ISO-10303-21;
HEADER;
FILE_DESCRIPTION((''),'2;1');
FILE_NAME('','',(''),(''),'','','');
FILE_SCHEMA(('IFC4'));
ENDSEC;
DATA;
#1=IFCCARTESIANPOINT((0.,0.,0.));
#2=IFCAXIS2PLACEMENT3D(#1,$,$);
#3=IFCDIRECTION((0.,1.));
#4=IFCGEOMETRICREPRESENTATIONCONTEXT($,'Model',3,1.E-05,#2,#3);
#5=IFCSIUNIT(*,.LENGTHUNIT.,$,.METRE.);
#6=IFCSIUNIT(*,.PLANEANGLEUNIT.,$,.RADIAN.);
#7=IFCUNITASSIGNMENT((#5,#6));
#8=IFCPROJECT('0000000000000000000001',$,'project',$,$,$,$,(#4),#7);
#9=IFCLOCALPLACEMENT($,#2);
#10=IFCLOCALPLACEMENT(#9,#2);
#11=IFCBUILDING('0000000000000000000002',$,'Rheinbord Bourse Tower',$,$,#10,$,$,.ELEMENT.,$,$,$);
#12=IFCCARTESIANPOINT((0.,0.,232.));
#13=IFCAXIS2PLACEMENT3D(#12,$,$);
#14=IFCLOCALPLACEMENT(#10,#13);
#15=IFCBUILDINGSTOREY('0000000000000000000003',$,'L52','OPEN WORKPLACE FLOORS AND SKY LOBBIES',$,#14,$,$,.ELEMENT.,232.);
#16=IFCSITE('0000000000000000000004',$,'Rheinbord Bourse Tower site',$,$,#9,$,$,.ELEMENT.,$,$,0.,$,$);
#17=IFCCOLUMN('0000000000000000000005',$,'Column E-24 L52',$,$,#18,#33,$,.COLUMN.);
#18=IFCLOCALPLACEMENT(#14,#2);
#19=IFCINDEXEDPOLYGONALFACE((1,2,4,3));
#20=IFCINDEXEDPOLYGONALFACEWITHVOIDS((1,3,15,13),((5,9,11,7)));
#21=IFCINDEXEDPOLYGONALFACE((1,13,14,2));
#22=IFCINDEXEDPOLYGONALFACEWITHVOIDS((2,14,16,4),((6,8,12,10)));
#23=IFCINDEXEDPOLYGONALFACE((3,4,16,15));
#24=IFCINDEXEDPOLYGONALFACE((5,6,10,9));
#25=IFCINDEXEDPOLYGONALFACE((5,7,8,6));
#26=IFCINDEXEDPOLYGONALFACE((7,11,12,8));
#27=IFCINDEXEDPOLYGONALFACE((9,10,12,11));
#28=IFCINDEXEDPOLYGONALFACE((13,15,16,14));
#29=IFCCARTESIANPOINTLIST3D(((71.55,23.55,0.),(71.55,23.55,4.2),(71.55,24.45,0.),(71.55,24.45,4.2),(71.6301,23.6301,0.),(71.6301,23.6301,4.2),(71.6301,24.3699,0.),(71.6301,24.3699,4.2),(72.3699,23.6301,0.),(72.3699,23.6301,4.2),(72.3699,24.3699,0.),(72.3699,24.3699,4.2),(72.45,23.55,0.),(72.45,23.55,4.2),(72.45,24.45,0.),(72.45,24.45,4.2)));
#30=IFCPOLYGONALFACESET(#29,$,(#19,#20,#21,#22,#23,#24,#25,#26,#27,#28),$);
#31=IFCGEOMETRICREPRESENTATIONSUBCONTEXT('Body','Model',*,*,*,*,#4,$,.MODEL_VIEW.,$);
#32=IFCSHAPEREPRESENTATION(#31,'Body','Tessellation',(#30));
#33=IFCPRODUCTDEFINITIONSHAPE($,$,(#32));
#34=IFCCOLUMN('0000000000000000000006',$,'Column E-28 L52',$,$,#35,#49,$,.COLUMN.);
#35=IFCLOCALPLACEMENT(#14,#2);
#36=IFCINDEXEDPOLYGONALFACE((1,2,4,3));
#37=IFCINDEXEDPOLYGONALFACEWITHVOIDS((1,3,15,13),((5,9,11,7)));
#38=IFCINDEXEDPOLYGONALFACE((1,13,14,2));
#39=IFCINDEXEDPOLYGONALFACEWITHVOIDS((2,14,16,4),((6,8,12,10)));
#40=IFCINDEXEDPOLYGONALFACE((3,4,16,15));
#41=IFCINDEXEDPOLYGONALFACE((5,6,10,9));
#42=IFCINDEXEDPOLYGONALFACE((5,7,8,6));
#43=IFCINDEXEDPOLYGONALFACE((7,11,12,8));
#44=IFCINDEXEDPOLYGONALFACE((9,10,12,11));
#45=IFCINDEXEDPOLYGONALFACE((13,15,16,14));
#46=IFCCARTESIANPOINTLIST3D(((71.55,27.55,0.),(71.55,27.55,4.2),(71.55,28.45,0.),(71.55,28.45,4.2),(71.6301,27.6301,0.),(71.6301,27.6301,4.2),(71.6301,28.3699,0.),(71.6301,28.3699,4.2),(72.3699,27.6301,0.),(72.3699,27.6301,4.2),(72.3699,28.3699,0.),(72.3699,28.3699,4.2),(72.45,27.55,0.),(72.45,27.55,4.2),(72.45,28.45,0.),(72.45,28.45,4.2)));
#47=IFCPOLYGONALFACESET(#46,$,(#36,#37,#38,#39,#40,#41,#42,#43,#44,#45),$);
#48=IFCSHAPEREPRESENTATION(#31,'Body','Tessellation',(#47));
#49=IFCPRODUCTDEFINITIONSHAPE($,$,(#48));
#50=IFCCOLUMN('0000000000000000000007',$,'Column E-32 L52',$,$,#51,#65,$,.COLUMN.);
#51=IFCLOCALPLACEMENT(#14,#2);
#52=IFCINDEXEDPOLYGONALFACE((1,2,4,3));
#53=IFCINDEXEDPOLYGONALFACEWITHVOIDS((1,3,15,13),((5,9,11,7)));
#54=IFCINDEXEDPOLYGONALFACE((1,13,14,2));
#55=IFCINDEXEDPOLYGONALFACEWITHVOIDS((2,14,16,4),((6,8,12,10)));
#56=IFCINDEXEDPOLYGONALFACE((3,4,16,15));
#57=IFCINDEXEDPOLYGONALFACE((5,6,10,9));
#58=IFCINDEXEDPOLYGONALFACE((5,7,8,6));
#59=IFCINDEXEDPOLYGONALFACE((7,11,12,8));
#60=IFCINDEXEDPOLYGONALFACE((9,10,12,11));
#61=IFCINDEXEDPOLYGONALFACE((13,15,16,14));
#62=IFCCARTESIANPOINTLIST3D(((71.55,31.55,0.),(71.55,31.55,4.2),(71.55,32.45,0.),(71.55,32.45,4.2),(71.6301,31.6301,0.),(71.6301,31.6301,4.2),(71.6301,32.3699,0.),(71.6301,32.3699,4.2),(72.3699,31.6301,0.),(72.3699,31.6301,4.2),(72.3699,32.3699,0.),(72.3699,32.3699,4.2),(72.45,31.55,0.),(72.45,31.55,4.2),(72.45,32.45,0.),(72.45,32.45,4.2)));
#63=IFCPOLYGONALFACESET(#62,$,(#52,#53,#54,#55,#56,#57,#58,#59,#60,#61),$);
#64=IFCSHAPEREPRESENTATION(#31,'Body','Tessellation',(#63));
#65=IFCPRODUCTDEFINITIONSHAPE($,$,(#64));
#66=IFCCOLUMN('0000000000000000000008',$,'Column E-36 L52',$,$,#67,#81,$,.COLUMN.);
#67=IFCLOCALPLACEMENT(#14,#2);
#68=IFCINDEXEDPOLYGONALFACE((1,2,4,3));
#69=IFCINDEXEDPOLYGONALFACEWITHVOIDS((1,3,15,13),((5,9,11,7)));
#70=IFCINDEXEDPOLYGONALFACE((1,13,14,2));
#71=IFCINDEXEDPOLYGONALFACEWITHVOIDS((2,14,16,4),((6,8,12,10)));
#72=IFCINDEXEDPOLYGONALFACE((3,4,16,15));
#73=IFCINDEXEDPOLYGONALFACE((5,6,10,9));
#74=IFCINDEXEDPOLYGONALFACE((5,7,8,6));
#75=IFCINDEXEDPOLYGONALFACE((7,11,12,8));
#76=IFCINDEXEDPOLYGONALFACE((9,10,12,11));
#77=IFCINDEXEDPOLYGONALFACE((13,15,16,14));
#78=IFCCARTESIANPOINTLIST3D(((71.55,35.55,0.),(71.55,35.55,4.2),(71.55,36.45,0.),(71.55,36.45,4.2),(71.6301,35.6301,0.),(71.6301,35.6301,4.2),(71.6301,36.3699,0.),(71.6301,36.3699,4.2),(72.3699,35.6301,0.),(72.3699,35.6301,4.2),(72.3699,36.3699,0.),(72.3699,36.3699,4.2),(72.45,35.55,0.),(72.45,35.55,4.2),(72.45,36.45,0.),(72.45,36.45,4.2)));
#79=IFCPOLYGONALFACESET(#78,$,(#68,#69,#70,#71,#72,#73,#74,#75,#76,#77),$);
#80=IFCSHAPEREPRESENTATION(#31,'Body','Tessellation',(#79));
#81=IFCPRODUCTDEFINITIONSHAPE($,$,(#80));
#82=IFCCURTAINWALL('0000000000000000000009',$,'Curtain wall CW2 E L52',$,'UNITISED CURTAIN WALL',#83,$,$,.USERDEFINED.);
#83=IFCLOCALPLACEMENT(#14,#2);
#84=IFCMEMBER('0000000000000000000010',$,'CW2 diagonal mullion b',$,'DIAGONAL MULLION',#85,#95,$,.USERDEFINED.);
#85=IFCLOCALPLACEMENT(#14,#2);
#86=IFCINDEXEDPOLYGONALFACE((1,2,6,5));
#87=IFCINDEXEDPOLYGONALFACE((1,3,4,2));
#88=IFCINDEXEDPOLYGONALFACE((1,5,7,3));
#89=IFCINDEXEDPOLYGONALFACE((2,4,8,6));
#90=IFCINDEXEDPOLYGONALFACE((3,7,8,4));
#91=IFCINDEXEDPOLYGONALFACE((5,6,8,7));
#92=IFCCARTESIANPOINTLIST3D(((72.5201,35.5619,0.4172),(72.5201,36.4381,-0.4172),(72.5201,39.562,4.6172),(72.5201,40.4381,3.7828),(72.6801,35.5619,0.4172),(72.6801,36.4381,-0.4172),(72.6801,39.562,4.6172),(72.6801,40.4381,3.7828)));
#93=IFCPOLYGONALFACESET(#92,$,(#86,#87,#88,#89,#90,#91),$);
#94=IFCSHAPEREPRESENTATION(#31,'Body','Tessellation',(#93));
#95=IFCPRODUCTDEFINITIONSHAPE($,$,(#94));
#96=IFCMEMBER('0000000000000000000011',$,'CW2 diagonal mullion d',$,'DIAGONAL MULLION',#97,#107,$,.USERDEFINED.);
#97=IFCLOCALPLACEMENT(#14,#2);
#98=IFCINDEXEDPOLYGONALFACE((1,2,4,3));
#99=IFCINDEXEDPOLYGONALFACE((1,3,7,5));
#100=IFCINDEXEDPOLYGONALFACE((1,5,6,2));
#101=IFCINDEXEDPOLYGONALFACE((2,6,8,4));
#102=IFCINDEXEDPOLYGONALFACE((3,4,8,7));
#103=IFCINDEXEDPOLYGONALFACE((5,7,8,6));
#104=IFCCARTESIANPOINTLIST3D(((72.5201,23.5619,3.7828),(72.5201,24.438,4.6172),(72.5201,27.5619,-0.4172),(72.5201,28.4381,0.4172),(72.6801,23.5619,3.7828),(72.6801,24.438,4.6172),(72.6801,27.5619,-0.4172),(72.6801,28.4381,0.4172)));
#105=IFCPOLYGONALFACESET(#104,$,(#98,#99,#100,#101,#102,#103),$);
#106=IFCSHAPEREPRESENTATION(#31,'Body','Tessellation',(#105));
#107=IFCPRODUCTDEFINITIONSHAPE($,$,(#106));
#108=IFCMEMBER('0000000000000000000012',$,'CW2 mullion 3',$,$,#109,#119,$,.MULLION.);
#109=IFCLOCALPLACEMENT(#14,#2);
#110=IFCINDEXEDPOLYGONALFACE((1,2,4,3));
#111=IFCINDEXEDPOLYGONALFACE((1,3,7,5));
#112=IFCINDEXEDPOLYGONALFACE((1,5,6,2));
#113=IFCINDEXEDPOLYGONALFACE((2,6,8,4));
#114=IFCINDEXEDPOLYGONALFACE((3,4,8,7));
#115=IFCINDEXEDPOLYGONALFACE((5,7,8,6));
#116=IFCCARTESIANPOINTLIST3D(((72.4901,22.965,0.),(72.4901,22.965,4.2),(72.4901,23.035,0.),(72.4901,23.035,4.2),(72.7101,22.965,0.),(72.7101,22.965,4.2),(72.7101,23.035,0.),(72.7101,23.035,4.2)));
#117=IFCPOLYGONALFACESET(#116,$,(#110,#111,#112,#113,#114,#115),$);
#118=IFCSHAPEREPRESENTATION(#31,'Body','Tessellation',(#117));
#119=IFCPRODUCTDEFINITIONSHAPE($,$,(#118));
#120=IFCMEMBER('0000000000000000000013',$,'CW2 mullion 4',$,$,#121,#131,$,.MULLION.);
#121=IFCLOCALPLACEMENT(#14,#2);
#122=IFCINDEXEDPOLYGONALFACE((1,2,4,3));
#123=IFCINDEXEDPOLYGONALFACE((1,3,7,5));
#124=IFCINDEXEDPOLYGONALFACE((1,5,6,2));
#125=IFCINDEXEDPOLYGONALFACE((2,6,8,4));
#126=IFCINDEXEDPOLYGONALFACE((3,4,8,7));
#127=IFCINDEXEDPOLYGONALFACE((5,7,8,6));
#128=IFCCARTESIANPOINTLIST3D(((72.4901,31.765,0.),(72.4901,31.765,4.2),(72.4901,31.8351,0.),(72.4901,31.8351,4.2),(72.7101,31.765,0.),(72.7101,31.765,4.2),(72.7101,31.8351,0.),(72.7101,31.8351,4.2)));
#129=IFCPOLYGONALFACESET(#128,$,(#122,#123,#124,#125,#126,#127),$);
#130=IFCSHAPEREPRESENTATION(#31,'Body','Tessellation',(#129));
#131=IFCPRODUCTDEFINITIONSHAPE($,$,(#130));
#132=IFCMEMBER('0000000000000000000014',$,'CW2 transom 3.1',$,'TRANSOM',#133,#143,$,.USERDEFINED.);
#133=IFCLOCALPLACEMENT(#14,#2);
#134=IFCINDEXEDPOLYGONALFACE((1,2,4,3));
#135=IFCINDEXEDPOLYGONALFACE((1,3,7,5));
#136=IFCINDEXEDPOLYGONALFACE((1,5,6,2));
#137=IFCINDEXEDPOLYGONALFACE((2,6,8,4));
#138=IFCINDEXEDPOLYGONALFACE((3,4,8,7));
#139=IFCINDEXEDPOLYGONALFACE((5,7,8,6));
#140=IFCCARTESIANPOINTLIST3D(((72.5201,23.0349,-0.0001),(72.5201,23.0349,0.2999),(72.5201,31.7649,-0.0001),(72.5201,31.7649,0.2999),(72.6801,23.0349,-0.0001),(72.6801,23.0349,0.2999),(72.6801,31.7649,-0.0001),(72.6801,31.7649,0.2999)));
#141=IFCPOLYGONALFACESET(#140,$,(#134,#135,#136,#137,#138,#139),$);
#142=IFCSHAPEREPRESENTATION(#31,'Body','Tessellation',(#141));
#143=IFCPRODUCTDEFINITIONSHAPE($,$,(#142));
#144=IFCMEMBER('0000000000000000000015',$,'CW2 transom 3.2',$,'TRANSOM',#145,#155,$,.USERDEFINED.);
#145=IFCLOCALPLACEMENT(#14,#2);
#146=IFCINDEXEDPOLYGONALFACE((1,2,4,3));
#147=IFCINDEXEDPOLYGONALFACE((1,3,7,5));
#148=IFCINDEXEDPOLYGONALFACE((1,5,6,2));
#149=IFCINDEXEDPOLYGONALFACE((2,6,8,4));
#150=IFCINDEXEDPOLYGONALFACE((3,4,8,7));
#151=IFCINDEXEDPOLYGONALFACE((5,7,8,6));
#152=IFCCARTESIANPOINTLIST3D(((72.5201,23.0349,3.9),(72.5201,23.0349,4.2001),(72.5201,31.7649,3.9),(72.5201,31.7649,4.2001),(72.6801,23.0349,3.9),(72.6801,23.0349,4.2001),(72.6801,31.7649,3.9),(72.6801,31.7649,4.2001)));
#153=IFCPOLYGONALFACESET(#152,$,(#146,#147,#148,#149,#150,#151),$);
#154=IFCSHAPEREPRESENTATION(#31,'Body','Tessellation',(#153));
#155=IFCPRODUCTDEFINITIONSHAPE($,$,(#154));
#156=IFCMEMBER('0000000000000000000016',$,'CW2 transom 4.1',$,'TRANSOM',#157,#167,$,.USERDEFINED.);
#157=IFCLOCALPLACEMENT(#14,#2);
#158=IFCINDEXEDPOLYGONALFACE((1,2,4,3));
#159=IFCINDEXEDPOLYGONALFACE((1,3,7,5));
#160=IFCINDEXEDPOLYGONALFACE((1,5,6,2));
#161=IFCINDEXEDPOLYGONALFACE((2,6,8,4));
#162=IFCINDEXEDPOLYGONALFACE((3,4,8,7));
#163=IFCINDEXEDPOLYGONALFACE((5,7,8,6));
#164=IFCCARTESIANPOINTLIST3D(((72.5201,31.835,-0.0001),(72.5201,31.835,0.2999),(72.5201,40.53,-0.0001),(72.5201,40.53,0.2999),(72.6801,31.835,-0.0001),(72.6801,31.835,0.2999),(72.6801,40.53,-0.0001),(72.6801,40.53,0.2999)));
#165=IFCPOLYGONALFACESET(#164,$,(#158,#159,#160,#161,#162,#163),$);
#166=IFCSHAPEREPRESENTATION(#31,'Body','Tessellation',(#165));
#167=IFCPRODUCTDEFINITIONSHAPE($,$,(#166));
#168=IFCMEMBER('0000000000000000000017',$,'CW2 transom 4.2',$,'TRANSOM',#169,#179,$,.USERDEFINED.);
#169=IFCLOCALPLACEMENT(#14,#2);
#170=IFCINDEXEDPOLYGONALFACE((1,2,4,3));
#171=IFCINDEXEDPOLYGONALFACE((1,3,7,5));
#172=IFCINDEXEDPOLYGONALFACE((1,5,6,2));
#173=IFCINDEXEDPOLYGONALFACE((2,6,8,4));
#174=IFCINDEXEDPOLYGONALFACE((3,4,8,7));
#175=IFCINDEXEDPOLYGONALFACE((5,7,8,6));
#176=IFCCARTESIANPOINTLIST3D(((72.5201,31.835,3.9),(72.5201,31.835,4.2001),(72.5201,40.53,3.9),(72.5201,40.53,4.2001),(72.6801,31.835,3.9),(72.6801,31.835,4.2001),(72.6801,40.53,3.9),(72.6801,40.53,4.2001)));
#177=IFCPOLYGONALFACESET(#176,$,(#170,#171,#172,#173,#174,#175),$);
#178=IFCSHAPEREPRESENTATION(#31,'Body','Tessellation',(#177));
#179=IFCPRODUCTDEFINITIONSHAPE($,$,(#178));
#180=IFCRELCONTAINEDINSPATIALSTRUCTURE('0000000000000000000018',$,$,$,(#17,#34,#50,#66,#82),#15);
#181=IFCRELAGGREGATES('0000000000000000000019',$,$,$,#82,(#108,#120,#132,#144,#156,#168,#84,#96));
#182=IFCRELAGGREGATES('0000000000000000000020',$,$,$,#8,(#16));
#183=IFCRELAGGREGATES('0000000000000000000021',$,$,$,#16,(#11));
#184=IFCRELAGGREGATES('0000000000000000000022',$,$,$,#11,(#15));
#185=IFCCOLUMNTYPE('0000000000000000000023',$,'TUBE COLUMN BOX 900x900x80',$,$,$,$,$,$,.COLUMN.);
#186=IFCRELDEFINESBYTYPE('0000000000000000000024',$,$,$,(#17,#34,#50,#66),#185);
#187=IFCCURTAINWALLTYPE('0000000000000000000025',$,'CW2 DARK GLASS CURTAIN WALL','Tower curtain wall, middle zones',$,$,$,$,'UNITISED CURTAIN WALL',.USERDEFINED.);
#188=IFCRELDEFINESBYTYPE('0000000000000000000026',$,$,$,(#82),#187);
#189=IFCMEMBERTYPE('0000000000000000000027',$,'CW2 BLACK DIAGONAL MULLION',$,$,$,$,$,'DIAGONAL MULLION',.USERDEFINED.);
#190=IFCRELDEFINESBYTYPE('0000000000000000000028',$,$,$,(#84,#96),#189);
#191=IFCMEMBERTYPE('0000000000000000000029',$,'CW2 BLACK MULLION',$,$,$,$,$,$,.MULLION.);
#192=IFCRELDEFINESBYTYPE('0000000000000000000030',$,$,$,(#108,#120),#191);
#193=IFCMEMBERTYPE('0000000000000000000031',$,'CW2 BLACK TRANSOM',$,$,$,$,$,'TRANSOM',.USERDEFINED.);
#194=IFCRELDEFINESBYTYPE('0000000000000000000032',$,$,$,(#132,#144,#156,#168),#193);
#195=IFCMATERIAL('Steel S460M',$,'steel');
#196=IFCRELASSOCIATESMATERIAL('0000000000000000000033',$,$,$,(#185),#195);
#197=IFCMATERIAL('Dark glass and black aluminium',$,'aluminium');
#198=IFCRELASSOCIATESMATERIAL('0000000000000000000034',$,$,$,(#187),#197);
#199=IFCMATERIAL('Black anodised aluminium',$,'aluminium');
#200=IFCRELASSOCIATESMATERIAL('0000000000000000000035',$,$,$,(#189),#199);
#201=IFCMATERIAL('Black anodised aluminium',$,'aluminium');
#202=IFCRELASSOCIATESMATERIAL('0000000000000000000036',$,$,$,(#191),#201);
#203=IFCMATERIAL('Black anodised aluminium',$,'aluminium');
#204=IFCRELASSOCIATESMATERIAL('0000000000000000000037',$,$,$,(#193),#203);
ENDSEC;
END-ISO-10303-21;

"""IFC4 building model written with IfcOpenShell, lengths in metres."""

from ifc_helpers import new_model, si_unit, direction, frame, origin, origin_2d, place, context, subcontext, project, spatial, rectangle, hollow_rectangle, extrude, material, material_profile, profile_set, type_object, element, aggregate, save


model = new_model("IFC4")

# Units and contexts
model_context = context("Model", 3, precision=1e-05, world=origin(), true_north=direction((0.0, 1.0)))
body_context = subcontext(model_context, "Body", "Model", "MODEL_VIEW")
ifc_project = project(units=[si_unit("LENGTHUNIT", "METRE"), si_unit("PLANEANGLEUNIT", "RADIAN")], contexts=[model_context])

# Site, building, storey
site_placement = place(None, origin())
site = spatial("IfcSite", under=ifc_project, at=site_placement, Name="Rheinbord Bourse Tower site", CompositionType="ELEMENT", RefElevation=0.0)
building_placement = place(site_placement, origin())
building = spatial("IfcBuilding", under=site, at=building_placement, Name="Rheinbord Bourse Tower", CompositionType="ELEMENT")
storey_placement = place(building_placement, frame((0.0, 0.0, 232.0)))
storey = spatial("IfcBuildingStorey", under=building, at=storey_placement, Name="L52", Description="OPEN WORKPLACE FLOORS AND SKY LOBBIES", CompositionType="ELEMENT", Elevation=232.0)

# Columns
ifc_material_1 = material(Name="Steel S460M", Category="steel")
ifc_material_profile_1 = material_profile(ifc_material_1, hollow_rectangle(XDim=0.8999, YDim=0.8999, WallThickness=0.0801, at=origin_2d()), Name="BOX 900x900x80")
ifc_profile_set_1 = profile_set([ifc_material_profile_1], Name="Steel S460M")
column_type = type_object("IfcColumnType", Name="TUBE COLUMN BOX 900x900x80", PredefinedType="COLUMN", material=ifc_profile_set_1)
for number, where, z_axis, x_axis, name in (
    (1, (72.0, 24.0, 0.0), (0.0, 0.0, 1.0), (1.0, 0.0, 0.0), "Column E-24 L52"),
    (2, (72.0, 28.0, 0.0), (0.0, 0.0, 1.0), (1.0, 0.0, 0.0), "Column E-28 L52"),
    (3, (72.0, 32.0, 0.0), (0.0, 0.0, 1.0), (1.0, 0.0, 0.0), "Column E-32 L52"),
    (4, (72.0, 36.0, 0.0), (0.0, 0.0, 1.0), (1.0, 0.0, 0.0), "Column E-36 L52"),
):
    element("IfcColumn", number, at=place(storey_placement, frame(where, z_axis=z_axis, x_axis=x_axis)), inside=storey, type_object=column_type, Name=name, PredefinedType="COLUMN", context=body_context, shape_type="SweptSolid", body=[
        extrude(hollow_rectangle(XDim=0.8999, YDim=0.8999, WallThickness=0.0801, at=origin_2d()), origin(), (0.0, 0.0, 1.0), 4.2),
    ])

# Curtain wall, members
ifc_material_2 = material(Name="Dark glass and black aluminium", Category="aluminium")
curtain_wall_type = type_object("IfcCurtainWallType", Name="CW2 DARK GLASS CURTAIN WALL", Description="Tower curtain wall, middle zones", ElementType="UNITISED CURTAIN WALL", PredefinedType="USERDEFINED", material=ifc_material_2)
curtain_wall_placement = place(storey_placement, origin())
curtain_wall = element("IfcCurtainWall", 5, at=curtain_wall_placement, inside=storey, type_object=curtain_wall_type, Name="Curtain wall CW2 E L52", ObjectType="UNITISED CURTAIN WALL", PredefinedType="USERDEFINED")
ifc_material_3 = material(Name="Black anodised aluminium", Category="aluminium")
ifc_material_profile_2 = material_profile(ifc_material_3, rectangle(XDim=0.1599, YDim=1.21, at=origin_2d()), Name="CW2 DIAGONAL MULLION 1210x160")
ifc_profile_set_2 = profile_set([ifc_material_profile_2], Name="Black anodised aluminium")
member_type_1 = type_object("IfcMemberType", Name="CW2 BLACK DIAGONAL MULLION", ElementType="DIAGONAL MULLION", PredefinedType="USERDEFINED", material=ifc_profile_set_2)
member_1_placement = place(storey_placement, frame((72.6001, 36.0, 0.0), z_axis=(0.0, 0.689659, 0.724134), x_axis=(-1.0, 0.0, 0.0)))
member_1 = element("IfcMember", 6, at=member_1_placement, type_object=member_type_1, Name="CW2 diagonal mullion b", ObjectType="DIAGONAL MULLION", PredefinedType="USERDEFINED", context=body_context, shape_type="SweptSolid", body=[
    extrude(rectangle(XDim=0.1599, YDim=1.21, at=origin_2d()), origin(), (0.0, 0.0, 1.0), 5.8),
])
member_2_placement = place(storey_placement, frame((72.6001, 28.0, 0.0), z_axis=(0.0, -0.689659, 0.724134), x_axis=(1.0, 0.0, 0.0)))
member_2 = element("IfcMember", 7, at=member_2_placement, type_object=member_type_1, Name="CW2 diagonal mullion d", ObjectType="DIAGONAL MULLION", PredefinedType="USERDEFINED", context=body_context, shape_type="SweptSolid", body=[
    extrude(rectangle(XDim=0.1599, YDim=1.21, at=origin_2d()), origin(), (0.0, 0.0, 1.0), 5.8),
])
ifc_material_4 = material(Name="Black anodised aluminium", Category="aluminium")
ifc_material_profile_3 = material_profile(ifc_material_4, rectangle(XDim=0.22, YDim=0.0701, at=origin_2d()), Name="CW2 MULLION 70x220")
ifc_profile_set_3 = profile_set([ifc_material_profile_3], Name="Black anodised aluminium")
member_type_2 = type_object("IfcMemberType", Name="CW2 BLACK MULLION", PredefinedType="MULLION", material=ifc_profile_set_3)
member_3_placement = place(storey_placement, frame((72.6001, 23.0, 0.0), z_axis=(0.0, 0.0, 1.0), x_axis=(-1.0, 0.0, 0.0)))
member_3 = element("IfcMember", 8, at=member_3_placement, type_object=member_type_2, Name="CW2 mullion 3", PredefinedType="MULLION", context=body_context, shape_type="SweptSolid", body=[
    extrude(rectangle(XDim=0.22, YDim=0.0701, at=origin_2d()), origin(), (0.0, 0.0, 1.0), 4.2),
])
member_4_placement = place(storey_placement, frame((72.6001, 31.8, 0.0), z_axis=(0.0, 0.0, 1.0), x_axis=(-1.0, 0.0, 0.0)))
member_4 = element("IfcMember", 9, at=member_4_placement, type_object=member_type_2, Name="CW2 mullion 4", PredefinedType="MULLION", context=body_context, shape_type="SweptSolid", body=[
    extrude(rectangle(XDim=0.22, YDim=0.0701, at=origin_2d()), origin(), (0.0, 0.0, 1.0), 4.2),
])
ifc_material_5 = material(Name="Black anodised aluminium", Category="aluminium")
ifc_material_profile_4 = material_profile(ifc_material_5, rectangle(XDim=0.1599, YDim=0.3, at=origin_2d()), Name="CW2 TRANSOM 300x160")
ifc_profile_set_4 = profile_set([ifc_material_profile_4], Name="Black anodised aluminium")
member_type_3 = type_object("IfcMemberType", Name="CW2 BLACK TRANSOM", ElementType="TRANSOM", PredefinedType="USERDEFINED", material=ifc_profile_set_4)
member_5_placement = place(storey_placement, frame((72.6001, 23.0349, 0.1499), z_axis=(0.0, 1.0, 0.0), x_axis=(-1.0, 0.0, 0.0)))
member_5 = element("IfcMember", 10, at=member_5_placement, type_object=member_type_3, Name="CW2 transom 3.1", ObjectType="TRANSOM", PredefinedType="USERDEFINED", context=body_context, shape_type="SweptSolid", body=[
    extrude(rectangle(XDim=0.1599, YDim=0.3, at=origin_2d()), origin(), (0.0, 0.0, 1.0), 8.73),
])
member_6_placement = place(storey_placement, frame((72.6001, 23.0349, 4.05), z_axis=(0.0, 1.0, 0.0), x_axis=(-1.0, 0.0, 0.0)))
member_6 = element("IfcMember", 11, at=member_6_placement, type_object=member_type_3, Name="CW2 transom 3.2", ObjectType="TRANSOM", PredefinedType="USERDEFINED", context=body_context, shape_type="SweptSolid", body=[
    extrude(rectangle(XDim=0.1599, YDim=0.3, at=origin_2d()), origin(), (0.0, 0.0, 1.0), 8.73),
])
member_7_placement = place(storey_placement, frame((72.6001, 31.835, 0.1499), z_axis=(0.0, 1.0, 0.0), x_axis=(-1.0, 0.0, 0.0)))
member_7 = element("IfcMember", 12, at=member_7_placement, type_object=member_type_3, Name="CW2 transom 4.1", ObjectType="TRANSOM", PredefinedType="USERDEFINED", context=body_context, shape_type="SweptSolid", body=[
    extrude(rectangle(XDim=0.1599, YDim=0.3, at=origin_2d()), origin(), (0.0, 0.0, 1.0), 8.6951),
])
member_8_placement = place(storey_placement, frame((72.6001, 31.835, 4.05), z_axis=(0.0, 1.0, 0.0), x_axis=(-1.0, 0.0, 0.0)))
member_8 = element("IfcMember", 13, at=member_8_placement, type_object=member_type_3, Name="CW2 transom 4.2", ObjectType="TRANSOM", PredefinedType="USERDEFINED", context=body_context, shape_type="SweptSolid", body=[
    extrude(rectangle(XDim=0.1599, YDim=0.3, at=origin_2d()), origin(), (0.0, 0.0, 1.0), 8.6951),
])

aggregate(curtain_wall, [member_3, member_4, member_5, member_6, member_7, member_8, member_1, member_2])

save(model, "model.ifc")
